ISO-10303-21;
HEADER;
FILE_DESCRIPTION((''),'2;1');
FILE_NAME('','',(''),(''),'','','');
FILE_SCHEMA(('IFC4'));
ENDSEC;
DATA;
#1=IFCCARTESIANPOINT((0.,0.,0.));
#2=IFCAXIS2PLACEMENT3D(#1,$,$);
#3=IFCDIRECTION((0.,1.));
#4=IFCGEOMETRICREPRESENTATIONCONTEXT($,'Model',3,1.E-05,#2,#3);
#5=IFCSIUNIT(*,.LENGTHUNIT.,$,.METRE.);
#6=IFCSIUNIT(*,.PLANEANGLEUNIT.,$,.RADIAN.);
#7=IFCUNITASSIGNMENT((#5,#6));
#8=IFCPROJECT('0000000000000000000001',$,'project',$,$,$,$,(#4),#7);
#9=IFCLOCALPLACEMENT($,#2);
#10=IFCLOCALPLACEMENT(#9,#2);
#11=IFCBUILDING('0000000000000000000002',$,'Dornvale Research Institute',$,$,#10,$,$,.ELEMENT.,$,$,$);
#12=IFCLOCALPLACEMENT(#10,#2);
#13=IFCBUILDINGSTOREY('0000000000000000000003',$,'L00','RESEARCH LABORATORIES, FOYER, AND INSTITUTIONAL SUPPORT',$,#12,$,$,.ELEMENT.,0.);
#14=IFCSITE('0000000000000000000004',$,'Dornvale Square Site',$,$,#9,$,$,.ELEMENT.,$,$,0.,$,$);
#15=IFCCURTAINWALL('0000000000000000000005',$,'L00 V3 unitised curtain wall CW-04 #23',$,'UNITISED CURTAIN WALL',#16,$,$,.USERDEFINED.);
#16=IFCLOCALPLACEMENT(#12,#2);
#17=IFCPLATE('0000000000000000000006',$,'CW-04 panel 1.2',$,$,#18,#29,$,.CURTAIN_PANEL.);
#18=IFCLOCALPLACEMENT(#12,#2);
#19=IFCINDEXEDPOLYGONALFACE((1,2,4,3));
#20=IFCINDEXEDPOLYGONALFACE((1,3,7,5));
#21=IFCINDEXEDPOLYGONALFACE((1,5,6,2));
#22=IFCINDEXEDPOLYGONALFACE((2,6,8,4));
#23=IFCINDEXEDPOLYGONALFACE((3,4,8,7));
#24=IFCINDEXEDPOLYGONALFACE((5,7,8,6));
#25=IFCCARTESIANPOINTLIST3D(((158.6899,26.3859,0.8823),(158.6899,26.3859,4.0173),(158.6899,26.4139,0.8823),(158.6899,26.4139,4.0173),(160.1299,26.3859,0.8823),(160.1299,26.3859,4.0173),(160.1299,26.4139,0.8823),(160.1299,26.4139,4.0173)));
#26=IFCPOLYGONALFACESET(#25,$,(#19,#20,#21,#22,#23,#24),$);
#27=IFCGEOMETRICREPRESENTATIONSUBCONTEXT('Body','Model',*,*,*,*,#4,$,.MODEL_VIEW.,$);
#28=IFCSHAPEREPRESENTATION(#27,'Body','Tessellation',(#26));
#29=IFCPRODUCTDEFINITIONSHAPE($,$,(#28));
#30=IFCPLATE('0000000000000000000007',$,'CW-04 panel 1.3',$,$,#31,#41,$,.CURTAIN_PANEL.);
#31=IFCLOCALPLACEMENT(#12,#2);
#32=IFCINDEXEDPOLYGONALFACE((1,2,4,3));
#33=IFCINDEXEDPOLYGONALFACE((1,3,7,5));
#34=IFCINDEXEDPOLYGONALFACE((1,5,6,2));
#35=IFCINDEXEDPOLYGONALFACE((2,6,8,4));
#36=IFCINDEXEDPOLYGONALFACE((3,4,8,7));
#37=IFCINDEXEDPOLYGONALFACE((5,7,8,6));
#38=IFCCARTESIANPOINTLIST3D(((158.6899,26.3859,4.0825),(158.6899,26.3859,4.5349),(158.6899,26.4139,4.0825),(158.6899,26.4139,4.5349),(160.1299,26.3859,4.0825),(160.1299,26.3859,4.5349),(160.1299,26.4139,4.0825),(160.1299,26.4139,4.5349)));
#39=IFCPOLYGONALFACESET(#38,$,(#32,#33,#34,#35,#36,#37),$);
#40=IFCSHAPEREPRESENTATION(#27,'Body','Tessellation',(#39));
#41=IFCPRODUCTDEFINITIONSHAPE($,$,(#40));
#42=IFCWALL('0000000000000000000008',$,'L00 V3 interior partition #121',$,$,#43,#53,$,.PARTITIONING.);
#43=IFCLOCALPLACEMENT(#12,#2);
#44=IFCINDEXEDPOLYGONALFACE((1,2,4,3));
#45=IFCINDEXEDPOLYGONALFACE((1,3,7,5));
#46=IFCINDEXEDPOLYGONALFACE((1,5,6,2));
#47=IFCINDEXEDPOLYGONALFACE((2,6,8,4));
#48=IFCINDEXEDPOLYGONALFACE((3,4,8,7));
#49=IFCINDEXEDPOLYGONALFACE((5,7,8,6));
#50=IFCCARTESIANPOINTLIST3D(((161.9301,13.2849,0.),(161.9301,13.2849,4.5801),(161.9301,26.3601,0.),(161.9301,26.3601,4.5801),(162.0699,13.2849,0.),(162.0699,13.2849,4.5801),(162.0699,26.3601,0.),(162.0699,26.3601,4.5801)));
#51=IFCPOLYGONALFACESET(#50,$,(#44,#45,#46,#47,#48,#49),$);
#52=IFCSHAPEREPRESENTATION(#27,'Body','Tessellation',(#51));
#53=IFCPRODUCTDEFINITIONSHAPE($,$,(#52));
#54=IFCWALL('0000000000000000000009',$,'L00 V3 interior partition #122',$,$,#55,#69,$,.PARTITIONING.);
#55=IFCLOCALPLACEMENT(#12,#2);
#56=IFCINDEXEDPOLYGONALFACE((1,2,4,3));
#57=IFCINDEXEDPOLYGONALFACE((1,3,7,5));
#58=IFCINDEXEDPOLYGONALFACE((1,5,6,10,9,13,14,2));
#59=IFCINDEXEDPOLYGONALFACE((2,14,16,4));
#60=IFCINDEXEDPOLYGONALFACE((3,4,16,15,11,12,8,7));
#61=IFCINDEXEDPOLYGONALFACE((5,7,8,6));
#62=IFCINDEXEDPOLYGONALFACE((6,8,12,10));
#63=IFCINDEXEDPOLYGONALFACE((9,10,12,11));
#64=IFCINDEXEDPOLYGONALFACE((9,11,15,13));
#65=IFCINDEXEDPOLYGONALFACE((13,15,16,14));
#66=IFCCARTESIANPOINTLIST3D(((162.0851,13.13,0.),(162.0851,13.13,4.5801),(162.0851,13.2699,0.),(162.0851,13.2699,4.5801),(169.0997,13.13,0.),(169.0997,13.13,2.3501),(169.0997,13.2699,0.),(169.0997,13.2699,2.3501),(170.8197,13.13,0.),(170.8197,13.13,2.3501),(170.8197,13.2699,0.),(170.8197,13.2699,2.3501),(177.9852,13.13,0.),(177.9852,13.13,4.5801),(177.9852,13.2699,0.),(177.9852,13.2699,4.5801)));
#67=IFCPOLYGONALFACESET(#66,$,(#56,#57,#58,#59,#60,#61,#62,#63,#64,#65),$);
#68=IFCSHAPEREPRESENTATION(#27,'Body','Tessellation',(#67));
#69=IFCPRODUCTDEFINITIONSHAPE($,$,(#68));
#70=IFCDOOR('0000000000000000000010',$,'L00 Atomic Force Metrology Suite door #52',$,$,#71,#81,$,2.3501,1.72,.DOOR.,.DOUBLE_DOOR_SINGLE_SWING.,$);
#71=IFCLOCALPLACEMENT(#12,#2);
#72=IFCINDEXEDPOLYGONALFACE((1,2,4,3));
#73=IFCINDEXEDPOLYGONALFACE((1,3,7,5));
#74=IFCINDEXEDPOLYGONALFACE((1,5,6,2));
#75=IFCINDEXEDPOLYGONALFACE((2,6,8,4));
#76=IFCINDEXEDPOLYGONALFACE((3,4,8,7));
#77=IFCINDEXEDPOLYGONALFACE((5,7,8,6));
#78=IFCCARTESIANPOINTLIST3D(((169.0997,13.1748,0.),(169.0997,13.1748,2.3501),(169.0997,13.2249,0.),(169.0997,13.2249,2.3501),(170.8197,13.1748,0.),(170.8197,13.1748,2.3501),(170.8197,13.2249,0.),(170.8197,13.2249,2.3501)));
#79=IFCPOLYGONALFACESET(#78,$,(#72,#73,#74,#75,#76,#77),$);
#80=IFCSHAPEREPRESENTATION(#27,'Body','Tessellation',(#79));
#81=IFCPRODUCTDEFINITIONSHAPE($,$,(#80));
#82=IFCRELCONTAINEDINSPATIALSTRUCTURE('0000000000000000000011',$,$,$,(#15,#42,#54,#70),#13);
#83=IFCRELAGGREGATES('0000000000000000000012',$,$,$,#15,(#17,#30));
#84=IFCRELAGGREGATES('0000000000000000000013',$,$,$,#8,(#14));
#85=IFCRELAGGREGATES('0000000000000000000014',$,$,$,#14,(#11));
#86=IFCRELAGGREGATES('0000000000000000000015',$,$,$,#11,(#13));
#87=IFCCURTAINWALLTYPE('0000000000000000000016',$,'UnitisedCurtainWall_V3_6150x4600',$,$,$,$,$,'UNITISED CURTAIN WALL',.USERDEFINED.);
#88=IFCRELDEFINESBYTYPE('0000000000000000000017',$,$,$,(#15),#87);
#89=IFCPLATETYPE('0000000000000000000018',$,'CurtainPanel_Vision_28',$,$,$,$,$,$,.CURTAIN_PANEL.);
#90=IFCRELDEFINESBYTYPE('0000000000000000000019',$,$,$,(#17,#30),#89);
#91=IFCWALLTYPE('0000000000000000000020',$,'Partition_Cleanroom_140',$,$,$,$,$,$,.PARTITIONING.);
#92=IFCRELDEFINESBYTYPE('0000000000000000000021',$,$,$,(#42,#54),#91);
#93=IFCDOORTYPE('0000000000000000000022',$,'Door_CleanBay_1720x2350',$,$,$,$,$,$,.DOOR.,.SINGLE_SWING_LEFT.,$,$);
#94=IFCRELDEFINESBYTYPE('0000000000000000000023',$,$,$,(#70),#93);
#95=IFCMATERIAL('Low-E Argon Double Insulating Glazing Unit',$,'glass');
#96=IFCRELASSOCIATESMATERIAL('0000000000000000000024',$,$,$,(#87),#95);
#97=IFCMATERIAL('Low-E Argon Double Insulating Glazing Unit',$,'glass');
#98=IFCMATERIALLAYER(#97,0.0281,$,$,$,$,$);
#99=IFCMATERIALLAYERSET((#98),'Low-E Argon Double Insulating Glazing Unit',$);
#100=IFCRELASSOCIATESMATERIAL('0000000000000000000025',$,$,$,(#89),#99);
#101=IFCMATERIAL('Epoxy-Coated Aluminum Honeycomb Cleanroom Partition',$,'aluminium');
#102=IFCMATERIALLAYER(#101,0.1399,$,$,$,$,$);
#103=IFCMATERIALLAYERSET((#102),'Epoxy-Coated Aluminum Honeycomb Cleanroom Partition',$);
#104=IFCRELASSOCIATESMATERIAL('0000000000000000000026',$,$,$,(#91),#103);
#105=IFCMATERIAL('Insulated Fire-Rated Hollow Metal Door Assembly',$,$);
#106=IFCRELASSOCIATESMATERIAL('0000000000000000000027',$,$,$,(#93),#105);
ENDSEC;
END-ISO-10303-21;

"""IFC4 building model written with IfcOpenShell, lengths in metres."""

from ifc_helpers import new_model, si_unit, direction, frame, frame_2d, origin, origin_2d, place, context, subcontext, project, spatial, rectangle, extrude, material, layer, layer_set, type_object, element, fill, aggregate, save


model = new_model("IFC4")

# Units and contexts
model_context = context("Model", 3, precision=1e-05, world=origin(), true_north=direction((0.0, 1.0)))
body_context = subcontext(model_context, "Body", "Model", "MODEL_VIEW")
ifc_project = project(units=[si_unit("LENGTHUNIT", "METRE"), si_unit("PLANEANGLEUNIT", "RADIAN")], contexts=[model_context])

# Site, building, storey
site_placement = place(None, origin())
site = spatial("IfcSite", under=ifc_project, at=site_placement, Name="Dornvale Square Site", CompositionType="ELEMENT", RefElevation=0.0)
building_placement = place(site_placement, origin())
building = spatial("IfcBuilding", under=site, at=building_placement, Name="Dornvale Research Institute", CompositionType="ELEMENT")
storey_placement = place(building_placement, origin())
storey = spatial("IfcBuildingStorey", under=building, at=storey_placement, Name="L00", Description="RESEARCH LABORATORIES, FOYER, AND INSTITUTIONAL SUPPORT", CompositionType="ELEMENT", Elevation=0.0)

# Curtain wall, plates
ifc_material_1 = material(Name="Low-E Argon Double Insulating Glazing Unit", Category="glass")
curtain_wall_type = type_object("IfcCurtainWallType", Name="UnitisedCurtainWall_V3_6150x4600", ElementType="UNITISED CURTAIN WALL", PredefinedType="USERDEFINED", material=ifc_material_1)
curtain_wall_placement = place(storey_placement, origin())
curtain_wall = element("IfcCurtainWall", 1, at=curtain_wall_placement, inside=storey, type_object=curtain_wall_type, Name="L00 V3 unitised curtain wall CW-04 #23", ObjectType="UNITISED CURTAIN WALL", PredefinedType="USERDEFINED")
ifc_material_2 = material(Name="Low-E Argon Double Insulating Glazing Unit", Category="glass")
ifc_layer_1 = layer(ifc_material_2, 0.0281)
ifc_layer_set_1 = layer_set([ifc_layer_1], Name="Low-E Argon Double Insulating Glazing Unit")
plate_type_1 = type_object("IfcPlateType", Name="CurtainPanel_Vision_28", PredefinedType="CURTAIN_PANEL", material=ifc_layer_set_1)
plate_1_placement = place(storey_placement, frame((159.4099, 26.3999, 0.8823), z_axis=(0.0, 0.0, 1.0), x_axis=(1.0, 0.0, 0.0)))
plate_1 = element("IfcPlate", 2, at=plate_1_placement, type_object=plate_type_1, Name="CW-04 panel 1.2", PredefinedType="CURTAIN_PANEL", context=body_context, shape_type="SweptSolid", body=[
    extrude(rectangle(XDim=1.4399, YDim=0.0281, at=origin_2d()), origin(), (0.0, 0.0, 1.0), 3.135),
])
plate_2_placement = place(storey_placement, frame((159.4099, 26.3999, 4.0825), z_axis=(0.0, 0.0, 1.0), x_axis=(1.0, 0.0, 0.0)))
plate_2 = element("IfcPlate", 3, at=plate_2_placement, type_object=plate_type_1, Name="CW-04 panel 1.3", PredefinedType="CURTAIN_PANEL", context=body_context, shape_type="SweptSolid", body=[
    extrude(rectangle(XDim=1.4399, YDim=0.0281, at=origin_2d()), origin(), (0.0, 0.0, 1.0), 0.4524),
])
aggregate(curtain_wall, [plate_1, plate_2])

# Wall
ifc_material_3 = material(Name="Epoxy-Coated Aluminum Honeycomb Cleanroom Partition", Category="aluminium")
ifc_layer_2 = layer(ifc_material_3, 0.1399)
ifc_layer_set_2 = layer_set([ifc_layer_2], Name="Epoxy-Coated Aluminum Honeycomb Cleanroom Partition")
wall_type = type_object("IfcWallType", Name="Partition_Cleanroom_140", PredefinedType="PARTITIONING", material=ifc_layer_set_2)
wall_1_placement = place(storey_placement, frame((162.0, 13.2849, 0.0), z_axis=(0.0, 0.0, 1.0), x_axis=(0.0, 1.0, 0.0)))
element("IfcWall", 4, at=wall_1_placement, inside=storey, type_object=wall_type, Name="L00 V3 interior partition #121", PredefinedType="PARTITIONING", context=body_context, shape_type="SweptSolid", body=[
    extrude(rectangle(XDim=13.0752, YDim=0.1399, at=frame_2d((6.5376, 0.0))), origin(), (0.0, 0.0, 1.0), 4.5801),
])

# Wall, opening, door
wall_2_placement = place(storey_placement, frame((162.085, 13.2, 0.0), z_axis=(0.0, 0.0, 1.0), x_axis=(1.0, 0.0, 0.0)))
wall_2 = element("IfcWall", 5, at=wall_2_placement, inside=storey, type_object=wall_type, Name="L00 V3 interior partition #122", PredefinedType="PARTITIONING", context=body_context, shape_type="SweptSolid", body=[
    extrude(rectangle(XDim=15.9001, YDim=0.1399, at=frame_2d((7.9502, 0.0))), origin(), (0.0, 0.0, 1.0), 4.5801),
])
opening_placement = place(wall_2_placement, frame((7.0149, 0.0, 0.0)))
opening = element("IfcOpeningElement", 6, at=opening_placement, cuts=wall_2, PredefinedType="OPENING", context=body_context, shape_type="SweptSolid", body=[
    extrude(rectangle(XDim=1.72, YDim=2.3501, at=frame_2d((0.8599, 1.175))), frame((0.0, 0.085, 0.0), z_axis=(0.0, -1.0, 0.0), x_axis=(1.0, 0.0, 0.0)), (0.0, 0.0, 1.0), 0.1699),
])
ifc_material_4 = material(Name="Insulated Fire-Rated Hollow Metal Door Assembly")
door_type = type_object("IfcDoorType", Name="Door_CleanBay_1720x2350", OperationType="SINGLE_SWING_LEFT", PredefinedType="DOOR", material=ifc_material_4)
door_placement = place(opening_placement, origin())
door = element("IfcDoor", 7, at=door_placement, inside=storey, type_object=door_type, Name="L00 Atomic Force Metrology Suite door #52", OperationType="DOUBLE_DOOR_SINGLE_SWING", OverallHeight=2.3501, OverallWidth=1.72, PredefinedType="DOOR", context=body_context, shape_type="SweptSolid", body=[
    extrude(rectangle(XDim=1.72, YDim=2.3501, at=frame_2d((0.8599, 1.175))), frame((0.0, 0.0249, 0.0), z_axis=(0.0, -1.0, 0.0), x_axis=(1.0, 0.0, 0.0)), (0.0, 0.0, 1.0), 0.05),
])
fill(opening, door)

save(model, "model.ifc")
